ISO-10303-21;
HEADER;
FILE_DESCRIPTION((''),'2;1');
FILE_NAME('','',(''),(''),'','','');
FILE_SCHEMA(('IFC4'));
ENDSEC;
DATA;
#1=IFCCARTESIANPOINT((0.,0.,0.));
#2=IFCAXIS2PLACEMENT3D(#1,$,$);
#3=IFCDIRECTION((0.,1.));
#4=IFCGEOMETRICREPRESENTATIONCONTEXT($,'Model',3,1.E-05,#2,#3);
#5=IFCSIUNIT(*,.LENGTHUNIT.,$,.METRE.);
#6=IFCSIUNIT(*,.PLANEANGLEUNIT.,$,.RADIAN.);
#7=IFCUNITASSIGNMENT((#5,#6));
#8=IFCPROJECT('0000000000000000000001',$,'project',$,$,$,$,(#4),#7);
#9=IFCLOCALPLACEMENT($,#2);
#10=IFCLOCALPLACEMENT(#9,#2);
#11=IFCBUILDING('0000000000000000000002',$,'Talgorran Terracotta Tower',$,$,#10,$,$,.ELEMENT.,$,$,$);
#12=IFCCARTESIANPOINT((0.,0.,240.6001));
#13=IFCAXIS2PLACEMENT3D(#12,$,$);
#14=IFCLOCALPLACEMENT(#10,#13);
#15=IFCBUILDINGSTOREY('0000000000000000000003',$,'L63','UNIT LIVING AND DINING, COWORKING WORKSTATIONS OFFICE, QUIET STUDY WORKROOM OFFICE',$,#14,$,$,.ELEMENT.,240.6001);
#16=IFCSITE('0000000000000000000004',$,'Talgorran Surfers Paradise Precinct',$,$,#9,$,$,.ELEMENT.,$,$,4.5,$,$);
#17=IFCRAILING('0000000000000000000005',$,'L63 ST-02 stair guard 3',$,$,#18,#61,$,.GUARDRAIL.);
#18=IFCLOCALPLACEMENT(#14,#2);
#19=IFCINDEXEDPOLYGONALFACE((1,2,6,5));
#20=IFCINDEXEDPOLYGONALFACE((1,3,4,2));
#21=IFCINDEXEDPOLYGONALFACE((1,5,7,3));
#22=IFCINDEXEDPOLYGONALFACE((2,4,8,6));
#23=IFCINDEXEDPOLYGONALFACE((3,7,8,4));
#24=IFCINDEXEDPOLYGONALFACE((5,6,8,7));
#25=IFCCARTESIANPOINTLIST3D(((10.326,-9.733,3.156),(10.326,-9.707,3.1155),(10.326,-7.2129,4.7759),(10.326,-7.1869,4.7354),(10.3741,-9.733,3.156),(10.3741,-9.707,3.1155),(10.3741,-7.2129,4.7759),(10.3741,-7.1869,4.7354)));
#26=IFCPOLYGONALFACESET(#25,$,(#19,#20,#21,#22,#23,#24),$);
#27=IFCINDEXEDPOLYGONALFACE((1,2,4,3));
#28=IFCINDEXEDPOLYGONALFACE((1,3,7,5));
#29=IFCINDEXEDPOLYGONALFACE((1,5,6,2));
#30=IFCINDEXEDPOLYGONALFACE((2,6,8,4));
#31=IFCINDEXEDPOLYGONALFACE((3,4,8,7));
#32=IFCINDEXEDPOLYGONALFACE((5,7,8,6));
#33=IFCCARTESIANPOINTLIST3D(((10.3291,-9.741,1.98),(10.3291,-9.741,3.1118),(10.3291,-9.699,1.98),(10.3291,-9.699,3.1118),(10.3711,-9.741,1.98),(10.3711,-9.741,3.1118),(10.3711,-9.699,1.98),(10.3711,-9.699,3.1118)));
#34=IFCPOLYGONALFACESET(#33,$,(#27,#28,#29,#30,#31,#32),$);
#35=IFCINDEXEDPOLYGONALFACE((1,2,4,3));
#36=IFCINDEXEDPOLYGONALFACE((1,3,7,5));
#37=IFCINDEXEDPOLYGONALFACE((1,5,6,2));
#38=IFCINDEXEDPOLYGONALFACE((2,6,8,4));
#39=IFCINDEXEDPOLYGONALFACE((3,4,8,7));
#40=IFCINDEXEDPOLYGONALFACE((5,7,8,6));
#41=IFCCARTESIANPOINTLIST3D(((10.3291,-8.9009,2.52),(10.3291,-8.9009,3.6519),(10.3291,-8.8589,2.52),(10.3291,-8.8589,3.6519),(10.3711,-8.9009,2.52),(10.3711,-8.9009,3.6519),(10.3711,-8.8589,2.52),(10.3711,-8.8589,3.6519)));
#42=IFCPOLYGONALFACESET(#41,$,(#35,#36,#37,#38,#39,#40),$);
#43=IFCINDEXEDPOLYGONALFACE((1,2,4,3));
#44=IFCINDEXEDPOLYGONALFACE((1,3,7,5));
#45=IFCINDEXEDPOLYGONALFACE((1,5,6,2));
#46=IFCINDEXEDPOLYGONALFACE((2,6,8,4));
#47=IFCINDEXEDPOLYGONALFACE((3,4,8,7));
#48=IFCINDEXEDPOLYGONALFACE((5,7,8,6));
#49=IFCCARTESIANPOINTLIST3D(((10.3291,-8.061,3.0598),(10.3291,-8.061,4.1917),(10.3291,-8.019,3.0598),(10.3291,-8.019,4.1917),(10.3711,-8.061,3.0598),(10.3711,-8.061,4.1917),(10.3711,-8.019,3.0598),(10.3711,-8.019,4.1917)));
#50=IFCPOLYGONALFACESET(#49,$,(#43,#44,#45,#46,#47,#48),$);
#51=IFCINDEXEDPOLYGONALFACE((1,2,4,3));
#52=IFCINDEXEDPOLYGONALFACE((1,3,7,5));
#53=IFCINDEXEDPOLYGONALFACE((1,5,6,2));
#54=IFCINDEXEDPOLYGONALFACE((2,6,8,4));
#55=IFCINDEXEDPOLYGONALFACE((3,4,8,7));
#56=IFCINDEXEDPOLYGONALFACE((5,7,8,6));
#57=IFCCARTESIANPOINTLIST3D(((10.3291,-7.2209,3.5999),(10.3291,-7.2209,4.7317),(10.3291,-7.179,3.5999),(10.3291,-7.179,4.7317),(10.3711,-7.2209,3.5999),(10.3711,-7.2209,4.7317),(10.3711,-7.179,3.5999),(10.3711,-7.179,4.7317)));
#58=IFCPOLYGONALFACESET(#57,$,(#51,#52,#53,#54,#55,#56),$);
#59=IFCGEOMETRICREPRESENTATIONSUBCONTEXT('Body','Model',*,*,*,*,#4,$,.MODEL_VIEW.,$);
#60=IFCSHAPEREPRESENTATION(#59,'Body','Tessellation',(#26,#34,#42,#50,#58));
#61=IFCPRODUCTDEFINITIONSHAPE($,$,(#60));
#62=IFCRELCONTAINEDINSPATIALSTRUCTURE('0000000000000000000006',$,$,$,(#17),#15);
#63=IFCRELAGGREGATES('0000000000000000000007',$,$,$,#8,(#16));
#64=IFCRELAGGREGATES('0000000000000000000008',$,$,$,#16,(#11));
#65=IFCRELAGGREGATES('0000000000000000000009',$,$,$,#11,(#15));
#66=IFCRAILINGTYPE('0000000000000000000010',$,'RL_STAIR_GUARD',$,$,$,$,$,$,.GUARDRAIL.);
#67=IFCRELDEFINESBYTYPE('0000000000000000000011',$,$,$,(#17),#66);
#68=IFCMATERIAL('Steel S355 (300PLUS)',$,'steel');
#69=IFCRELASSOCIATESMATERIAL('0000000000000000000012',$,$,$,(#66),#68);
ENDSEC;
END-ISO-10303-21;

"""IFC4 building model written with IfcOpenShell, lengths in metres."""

from ifc_helpers import new_model, si_unit, direction, frame, origin, origin_2d, place, context, subcontext, project, spatial, rectangle, extrude, material, type_object, element, save


model = new_model("IFC4")

# Units and contexts
model_context = context("Model", 3, precision=1e-05, world=origin(), true_north=direction((0.0, 1.0)))
body_context = subcontext(model_context, "Body", "Model", "MODEL_VIEW")
ifc_project = project(units=[si_unit("LENGTHUNIT", "METRE"), si_unit("PLANEANGLEUNIT", "RADIAN")], contexts=[model_context])

# Site, building, storey
site_placement = place(None, origin())
site = spatial("IfcSite", under=ifc_project, at=site_placement, Name="Talgorran Surfers Paradise Precinct", CompositionType="ELEMENT", RefElevation=4.5)
building_placement = place(site_placement, origin())
building = spatial("IfcBuilding", under=site, at=building_placement, Name="Talgorran Terracotta Tower", CompositionType="ELEMENT")
storey_placement = place(building_placement, frame((0.0, 0.0, 240.6001)))
storey = spatial("IfcBuildingStorey", under=building, at=storey_placement, Name="L63", Description="UNIT LIVING AND DINING, COWORKING WORKSTATIONS OFFICE, QUIET STUDY WORKROOM OFFICE", CompositionType="ELEMENT", Elevation=240.6001)

# Shared definitions
ifc_material_1 = material(Name="Steel S355 (300PLUS)", Category="steel")

# Railing
railing_type_1 = type_object("IfcRailingType", Name="RL_STAIR_GUARD", PredefinedType="GUARDRAIL", material=ifc_material_1)
railing_1_placement = place(storey_placement, frame((10.3501, -9.72, 1.98)))
element("IfcRailing", 1, at=railing_1_placement, inside=storey, type_object=railing_type_1, Name="L63 ST-02 stair guard 3", PredefinedType="GUARDRAIL", context=body_context, shape_type="SweptSolid", body=[
    extrude(rectangle(XDim=0.0481, YDim=0.0481, at=origin_2d()), frame((0.0, 0.0, 1.1558), z_axis=(0.0, 0.8412, 0.540725), x_axis=(-1.0, 0.0, 0.0)), (0.0, 0.0, 1.0), 2.9958),
    extrude(rectangle(XDim=0.042, YDim=0.042, at=origin_2d()), origin(), (0.0, 0.0, 1.0), 1.1318),
    extrude(rectangle(XDim=0.042, YDim=0.042, at=origin_2d()), frame((0.0, 0.8401, 0.54)), (0.0, 0.0, 1.0), 1.1318),
    extrude(rectangle(XDim=0.042, YDim=0.042, at=origin_2d()), frame((0.0, 1.6799, 1.0798)), (0.0, 0.0, 1.0), 1.1318),
    extrude(rectangle(XDim=0.042, YDim=0.042, at=origin_2d()), frame((0.0, 2.52, 1.6199)), (0.0, 0.0, 1.0), 1.1318),
])

save(model, "model.ifc")
